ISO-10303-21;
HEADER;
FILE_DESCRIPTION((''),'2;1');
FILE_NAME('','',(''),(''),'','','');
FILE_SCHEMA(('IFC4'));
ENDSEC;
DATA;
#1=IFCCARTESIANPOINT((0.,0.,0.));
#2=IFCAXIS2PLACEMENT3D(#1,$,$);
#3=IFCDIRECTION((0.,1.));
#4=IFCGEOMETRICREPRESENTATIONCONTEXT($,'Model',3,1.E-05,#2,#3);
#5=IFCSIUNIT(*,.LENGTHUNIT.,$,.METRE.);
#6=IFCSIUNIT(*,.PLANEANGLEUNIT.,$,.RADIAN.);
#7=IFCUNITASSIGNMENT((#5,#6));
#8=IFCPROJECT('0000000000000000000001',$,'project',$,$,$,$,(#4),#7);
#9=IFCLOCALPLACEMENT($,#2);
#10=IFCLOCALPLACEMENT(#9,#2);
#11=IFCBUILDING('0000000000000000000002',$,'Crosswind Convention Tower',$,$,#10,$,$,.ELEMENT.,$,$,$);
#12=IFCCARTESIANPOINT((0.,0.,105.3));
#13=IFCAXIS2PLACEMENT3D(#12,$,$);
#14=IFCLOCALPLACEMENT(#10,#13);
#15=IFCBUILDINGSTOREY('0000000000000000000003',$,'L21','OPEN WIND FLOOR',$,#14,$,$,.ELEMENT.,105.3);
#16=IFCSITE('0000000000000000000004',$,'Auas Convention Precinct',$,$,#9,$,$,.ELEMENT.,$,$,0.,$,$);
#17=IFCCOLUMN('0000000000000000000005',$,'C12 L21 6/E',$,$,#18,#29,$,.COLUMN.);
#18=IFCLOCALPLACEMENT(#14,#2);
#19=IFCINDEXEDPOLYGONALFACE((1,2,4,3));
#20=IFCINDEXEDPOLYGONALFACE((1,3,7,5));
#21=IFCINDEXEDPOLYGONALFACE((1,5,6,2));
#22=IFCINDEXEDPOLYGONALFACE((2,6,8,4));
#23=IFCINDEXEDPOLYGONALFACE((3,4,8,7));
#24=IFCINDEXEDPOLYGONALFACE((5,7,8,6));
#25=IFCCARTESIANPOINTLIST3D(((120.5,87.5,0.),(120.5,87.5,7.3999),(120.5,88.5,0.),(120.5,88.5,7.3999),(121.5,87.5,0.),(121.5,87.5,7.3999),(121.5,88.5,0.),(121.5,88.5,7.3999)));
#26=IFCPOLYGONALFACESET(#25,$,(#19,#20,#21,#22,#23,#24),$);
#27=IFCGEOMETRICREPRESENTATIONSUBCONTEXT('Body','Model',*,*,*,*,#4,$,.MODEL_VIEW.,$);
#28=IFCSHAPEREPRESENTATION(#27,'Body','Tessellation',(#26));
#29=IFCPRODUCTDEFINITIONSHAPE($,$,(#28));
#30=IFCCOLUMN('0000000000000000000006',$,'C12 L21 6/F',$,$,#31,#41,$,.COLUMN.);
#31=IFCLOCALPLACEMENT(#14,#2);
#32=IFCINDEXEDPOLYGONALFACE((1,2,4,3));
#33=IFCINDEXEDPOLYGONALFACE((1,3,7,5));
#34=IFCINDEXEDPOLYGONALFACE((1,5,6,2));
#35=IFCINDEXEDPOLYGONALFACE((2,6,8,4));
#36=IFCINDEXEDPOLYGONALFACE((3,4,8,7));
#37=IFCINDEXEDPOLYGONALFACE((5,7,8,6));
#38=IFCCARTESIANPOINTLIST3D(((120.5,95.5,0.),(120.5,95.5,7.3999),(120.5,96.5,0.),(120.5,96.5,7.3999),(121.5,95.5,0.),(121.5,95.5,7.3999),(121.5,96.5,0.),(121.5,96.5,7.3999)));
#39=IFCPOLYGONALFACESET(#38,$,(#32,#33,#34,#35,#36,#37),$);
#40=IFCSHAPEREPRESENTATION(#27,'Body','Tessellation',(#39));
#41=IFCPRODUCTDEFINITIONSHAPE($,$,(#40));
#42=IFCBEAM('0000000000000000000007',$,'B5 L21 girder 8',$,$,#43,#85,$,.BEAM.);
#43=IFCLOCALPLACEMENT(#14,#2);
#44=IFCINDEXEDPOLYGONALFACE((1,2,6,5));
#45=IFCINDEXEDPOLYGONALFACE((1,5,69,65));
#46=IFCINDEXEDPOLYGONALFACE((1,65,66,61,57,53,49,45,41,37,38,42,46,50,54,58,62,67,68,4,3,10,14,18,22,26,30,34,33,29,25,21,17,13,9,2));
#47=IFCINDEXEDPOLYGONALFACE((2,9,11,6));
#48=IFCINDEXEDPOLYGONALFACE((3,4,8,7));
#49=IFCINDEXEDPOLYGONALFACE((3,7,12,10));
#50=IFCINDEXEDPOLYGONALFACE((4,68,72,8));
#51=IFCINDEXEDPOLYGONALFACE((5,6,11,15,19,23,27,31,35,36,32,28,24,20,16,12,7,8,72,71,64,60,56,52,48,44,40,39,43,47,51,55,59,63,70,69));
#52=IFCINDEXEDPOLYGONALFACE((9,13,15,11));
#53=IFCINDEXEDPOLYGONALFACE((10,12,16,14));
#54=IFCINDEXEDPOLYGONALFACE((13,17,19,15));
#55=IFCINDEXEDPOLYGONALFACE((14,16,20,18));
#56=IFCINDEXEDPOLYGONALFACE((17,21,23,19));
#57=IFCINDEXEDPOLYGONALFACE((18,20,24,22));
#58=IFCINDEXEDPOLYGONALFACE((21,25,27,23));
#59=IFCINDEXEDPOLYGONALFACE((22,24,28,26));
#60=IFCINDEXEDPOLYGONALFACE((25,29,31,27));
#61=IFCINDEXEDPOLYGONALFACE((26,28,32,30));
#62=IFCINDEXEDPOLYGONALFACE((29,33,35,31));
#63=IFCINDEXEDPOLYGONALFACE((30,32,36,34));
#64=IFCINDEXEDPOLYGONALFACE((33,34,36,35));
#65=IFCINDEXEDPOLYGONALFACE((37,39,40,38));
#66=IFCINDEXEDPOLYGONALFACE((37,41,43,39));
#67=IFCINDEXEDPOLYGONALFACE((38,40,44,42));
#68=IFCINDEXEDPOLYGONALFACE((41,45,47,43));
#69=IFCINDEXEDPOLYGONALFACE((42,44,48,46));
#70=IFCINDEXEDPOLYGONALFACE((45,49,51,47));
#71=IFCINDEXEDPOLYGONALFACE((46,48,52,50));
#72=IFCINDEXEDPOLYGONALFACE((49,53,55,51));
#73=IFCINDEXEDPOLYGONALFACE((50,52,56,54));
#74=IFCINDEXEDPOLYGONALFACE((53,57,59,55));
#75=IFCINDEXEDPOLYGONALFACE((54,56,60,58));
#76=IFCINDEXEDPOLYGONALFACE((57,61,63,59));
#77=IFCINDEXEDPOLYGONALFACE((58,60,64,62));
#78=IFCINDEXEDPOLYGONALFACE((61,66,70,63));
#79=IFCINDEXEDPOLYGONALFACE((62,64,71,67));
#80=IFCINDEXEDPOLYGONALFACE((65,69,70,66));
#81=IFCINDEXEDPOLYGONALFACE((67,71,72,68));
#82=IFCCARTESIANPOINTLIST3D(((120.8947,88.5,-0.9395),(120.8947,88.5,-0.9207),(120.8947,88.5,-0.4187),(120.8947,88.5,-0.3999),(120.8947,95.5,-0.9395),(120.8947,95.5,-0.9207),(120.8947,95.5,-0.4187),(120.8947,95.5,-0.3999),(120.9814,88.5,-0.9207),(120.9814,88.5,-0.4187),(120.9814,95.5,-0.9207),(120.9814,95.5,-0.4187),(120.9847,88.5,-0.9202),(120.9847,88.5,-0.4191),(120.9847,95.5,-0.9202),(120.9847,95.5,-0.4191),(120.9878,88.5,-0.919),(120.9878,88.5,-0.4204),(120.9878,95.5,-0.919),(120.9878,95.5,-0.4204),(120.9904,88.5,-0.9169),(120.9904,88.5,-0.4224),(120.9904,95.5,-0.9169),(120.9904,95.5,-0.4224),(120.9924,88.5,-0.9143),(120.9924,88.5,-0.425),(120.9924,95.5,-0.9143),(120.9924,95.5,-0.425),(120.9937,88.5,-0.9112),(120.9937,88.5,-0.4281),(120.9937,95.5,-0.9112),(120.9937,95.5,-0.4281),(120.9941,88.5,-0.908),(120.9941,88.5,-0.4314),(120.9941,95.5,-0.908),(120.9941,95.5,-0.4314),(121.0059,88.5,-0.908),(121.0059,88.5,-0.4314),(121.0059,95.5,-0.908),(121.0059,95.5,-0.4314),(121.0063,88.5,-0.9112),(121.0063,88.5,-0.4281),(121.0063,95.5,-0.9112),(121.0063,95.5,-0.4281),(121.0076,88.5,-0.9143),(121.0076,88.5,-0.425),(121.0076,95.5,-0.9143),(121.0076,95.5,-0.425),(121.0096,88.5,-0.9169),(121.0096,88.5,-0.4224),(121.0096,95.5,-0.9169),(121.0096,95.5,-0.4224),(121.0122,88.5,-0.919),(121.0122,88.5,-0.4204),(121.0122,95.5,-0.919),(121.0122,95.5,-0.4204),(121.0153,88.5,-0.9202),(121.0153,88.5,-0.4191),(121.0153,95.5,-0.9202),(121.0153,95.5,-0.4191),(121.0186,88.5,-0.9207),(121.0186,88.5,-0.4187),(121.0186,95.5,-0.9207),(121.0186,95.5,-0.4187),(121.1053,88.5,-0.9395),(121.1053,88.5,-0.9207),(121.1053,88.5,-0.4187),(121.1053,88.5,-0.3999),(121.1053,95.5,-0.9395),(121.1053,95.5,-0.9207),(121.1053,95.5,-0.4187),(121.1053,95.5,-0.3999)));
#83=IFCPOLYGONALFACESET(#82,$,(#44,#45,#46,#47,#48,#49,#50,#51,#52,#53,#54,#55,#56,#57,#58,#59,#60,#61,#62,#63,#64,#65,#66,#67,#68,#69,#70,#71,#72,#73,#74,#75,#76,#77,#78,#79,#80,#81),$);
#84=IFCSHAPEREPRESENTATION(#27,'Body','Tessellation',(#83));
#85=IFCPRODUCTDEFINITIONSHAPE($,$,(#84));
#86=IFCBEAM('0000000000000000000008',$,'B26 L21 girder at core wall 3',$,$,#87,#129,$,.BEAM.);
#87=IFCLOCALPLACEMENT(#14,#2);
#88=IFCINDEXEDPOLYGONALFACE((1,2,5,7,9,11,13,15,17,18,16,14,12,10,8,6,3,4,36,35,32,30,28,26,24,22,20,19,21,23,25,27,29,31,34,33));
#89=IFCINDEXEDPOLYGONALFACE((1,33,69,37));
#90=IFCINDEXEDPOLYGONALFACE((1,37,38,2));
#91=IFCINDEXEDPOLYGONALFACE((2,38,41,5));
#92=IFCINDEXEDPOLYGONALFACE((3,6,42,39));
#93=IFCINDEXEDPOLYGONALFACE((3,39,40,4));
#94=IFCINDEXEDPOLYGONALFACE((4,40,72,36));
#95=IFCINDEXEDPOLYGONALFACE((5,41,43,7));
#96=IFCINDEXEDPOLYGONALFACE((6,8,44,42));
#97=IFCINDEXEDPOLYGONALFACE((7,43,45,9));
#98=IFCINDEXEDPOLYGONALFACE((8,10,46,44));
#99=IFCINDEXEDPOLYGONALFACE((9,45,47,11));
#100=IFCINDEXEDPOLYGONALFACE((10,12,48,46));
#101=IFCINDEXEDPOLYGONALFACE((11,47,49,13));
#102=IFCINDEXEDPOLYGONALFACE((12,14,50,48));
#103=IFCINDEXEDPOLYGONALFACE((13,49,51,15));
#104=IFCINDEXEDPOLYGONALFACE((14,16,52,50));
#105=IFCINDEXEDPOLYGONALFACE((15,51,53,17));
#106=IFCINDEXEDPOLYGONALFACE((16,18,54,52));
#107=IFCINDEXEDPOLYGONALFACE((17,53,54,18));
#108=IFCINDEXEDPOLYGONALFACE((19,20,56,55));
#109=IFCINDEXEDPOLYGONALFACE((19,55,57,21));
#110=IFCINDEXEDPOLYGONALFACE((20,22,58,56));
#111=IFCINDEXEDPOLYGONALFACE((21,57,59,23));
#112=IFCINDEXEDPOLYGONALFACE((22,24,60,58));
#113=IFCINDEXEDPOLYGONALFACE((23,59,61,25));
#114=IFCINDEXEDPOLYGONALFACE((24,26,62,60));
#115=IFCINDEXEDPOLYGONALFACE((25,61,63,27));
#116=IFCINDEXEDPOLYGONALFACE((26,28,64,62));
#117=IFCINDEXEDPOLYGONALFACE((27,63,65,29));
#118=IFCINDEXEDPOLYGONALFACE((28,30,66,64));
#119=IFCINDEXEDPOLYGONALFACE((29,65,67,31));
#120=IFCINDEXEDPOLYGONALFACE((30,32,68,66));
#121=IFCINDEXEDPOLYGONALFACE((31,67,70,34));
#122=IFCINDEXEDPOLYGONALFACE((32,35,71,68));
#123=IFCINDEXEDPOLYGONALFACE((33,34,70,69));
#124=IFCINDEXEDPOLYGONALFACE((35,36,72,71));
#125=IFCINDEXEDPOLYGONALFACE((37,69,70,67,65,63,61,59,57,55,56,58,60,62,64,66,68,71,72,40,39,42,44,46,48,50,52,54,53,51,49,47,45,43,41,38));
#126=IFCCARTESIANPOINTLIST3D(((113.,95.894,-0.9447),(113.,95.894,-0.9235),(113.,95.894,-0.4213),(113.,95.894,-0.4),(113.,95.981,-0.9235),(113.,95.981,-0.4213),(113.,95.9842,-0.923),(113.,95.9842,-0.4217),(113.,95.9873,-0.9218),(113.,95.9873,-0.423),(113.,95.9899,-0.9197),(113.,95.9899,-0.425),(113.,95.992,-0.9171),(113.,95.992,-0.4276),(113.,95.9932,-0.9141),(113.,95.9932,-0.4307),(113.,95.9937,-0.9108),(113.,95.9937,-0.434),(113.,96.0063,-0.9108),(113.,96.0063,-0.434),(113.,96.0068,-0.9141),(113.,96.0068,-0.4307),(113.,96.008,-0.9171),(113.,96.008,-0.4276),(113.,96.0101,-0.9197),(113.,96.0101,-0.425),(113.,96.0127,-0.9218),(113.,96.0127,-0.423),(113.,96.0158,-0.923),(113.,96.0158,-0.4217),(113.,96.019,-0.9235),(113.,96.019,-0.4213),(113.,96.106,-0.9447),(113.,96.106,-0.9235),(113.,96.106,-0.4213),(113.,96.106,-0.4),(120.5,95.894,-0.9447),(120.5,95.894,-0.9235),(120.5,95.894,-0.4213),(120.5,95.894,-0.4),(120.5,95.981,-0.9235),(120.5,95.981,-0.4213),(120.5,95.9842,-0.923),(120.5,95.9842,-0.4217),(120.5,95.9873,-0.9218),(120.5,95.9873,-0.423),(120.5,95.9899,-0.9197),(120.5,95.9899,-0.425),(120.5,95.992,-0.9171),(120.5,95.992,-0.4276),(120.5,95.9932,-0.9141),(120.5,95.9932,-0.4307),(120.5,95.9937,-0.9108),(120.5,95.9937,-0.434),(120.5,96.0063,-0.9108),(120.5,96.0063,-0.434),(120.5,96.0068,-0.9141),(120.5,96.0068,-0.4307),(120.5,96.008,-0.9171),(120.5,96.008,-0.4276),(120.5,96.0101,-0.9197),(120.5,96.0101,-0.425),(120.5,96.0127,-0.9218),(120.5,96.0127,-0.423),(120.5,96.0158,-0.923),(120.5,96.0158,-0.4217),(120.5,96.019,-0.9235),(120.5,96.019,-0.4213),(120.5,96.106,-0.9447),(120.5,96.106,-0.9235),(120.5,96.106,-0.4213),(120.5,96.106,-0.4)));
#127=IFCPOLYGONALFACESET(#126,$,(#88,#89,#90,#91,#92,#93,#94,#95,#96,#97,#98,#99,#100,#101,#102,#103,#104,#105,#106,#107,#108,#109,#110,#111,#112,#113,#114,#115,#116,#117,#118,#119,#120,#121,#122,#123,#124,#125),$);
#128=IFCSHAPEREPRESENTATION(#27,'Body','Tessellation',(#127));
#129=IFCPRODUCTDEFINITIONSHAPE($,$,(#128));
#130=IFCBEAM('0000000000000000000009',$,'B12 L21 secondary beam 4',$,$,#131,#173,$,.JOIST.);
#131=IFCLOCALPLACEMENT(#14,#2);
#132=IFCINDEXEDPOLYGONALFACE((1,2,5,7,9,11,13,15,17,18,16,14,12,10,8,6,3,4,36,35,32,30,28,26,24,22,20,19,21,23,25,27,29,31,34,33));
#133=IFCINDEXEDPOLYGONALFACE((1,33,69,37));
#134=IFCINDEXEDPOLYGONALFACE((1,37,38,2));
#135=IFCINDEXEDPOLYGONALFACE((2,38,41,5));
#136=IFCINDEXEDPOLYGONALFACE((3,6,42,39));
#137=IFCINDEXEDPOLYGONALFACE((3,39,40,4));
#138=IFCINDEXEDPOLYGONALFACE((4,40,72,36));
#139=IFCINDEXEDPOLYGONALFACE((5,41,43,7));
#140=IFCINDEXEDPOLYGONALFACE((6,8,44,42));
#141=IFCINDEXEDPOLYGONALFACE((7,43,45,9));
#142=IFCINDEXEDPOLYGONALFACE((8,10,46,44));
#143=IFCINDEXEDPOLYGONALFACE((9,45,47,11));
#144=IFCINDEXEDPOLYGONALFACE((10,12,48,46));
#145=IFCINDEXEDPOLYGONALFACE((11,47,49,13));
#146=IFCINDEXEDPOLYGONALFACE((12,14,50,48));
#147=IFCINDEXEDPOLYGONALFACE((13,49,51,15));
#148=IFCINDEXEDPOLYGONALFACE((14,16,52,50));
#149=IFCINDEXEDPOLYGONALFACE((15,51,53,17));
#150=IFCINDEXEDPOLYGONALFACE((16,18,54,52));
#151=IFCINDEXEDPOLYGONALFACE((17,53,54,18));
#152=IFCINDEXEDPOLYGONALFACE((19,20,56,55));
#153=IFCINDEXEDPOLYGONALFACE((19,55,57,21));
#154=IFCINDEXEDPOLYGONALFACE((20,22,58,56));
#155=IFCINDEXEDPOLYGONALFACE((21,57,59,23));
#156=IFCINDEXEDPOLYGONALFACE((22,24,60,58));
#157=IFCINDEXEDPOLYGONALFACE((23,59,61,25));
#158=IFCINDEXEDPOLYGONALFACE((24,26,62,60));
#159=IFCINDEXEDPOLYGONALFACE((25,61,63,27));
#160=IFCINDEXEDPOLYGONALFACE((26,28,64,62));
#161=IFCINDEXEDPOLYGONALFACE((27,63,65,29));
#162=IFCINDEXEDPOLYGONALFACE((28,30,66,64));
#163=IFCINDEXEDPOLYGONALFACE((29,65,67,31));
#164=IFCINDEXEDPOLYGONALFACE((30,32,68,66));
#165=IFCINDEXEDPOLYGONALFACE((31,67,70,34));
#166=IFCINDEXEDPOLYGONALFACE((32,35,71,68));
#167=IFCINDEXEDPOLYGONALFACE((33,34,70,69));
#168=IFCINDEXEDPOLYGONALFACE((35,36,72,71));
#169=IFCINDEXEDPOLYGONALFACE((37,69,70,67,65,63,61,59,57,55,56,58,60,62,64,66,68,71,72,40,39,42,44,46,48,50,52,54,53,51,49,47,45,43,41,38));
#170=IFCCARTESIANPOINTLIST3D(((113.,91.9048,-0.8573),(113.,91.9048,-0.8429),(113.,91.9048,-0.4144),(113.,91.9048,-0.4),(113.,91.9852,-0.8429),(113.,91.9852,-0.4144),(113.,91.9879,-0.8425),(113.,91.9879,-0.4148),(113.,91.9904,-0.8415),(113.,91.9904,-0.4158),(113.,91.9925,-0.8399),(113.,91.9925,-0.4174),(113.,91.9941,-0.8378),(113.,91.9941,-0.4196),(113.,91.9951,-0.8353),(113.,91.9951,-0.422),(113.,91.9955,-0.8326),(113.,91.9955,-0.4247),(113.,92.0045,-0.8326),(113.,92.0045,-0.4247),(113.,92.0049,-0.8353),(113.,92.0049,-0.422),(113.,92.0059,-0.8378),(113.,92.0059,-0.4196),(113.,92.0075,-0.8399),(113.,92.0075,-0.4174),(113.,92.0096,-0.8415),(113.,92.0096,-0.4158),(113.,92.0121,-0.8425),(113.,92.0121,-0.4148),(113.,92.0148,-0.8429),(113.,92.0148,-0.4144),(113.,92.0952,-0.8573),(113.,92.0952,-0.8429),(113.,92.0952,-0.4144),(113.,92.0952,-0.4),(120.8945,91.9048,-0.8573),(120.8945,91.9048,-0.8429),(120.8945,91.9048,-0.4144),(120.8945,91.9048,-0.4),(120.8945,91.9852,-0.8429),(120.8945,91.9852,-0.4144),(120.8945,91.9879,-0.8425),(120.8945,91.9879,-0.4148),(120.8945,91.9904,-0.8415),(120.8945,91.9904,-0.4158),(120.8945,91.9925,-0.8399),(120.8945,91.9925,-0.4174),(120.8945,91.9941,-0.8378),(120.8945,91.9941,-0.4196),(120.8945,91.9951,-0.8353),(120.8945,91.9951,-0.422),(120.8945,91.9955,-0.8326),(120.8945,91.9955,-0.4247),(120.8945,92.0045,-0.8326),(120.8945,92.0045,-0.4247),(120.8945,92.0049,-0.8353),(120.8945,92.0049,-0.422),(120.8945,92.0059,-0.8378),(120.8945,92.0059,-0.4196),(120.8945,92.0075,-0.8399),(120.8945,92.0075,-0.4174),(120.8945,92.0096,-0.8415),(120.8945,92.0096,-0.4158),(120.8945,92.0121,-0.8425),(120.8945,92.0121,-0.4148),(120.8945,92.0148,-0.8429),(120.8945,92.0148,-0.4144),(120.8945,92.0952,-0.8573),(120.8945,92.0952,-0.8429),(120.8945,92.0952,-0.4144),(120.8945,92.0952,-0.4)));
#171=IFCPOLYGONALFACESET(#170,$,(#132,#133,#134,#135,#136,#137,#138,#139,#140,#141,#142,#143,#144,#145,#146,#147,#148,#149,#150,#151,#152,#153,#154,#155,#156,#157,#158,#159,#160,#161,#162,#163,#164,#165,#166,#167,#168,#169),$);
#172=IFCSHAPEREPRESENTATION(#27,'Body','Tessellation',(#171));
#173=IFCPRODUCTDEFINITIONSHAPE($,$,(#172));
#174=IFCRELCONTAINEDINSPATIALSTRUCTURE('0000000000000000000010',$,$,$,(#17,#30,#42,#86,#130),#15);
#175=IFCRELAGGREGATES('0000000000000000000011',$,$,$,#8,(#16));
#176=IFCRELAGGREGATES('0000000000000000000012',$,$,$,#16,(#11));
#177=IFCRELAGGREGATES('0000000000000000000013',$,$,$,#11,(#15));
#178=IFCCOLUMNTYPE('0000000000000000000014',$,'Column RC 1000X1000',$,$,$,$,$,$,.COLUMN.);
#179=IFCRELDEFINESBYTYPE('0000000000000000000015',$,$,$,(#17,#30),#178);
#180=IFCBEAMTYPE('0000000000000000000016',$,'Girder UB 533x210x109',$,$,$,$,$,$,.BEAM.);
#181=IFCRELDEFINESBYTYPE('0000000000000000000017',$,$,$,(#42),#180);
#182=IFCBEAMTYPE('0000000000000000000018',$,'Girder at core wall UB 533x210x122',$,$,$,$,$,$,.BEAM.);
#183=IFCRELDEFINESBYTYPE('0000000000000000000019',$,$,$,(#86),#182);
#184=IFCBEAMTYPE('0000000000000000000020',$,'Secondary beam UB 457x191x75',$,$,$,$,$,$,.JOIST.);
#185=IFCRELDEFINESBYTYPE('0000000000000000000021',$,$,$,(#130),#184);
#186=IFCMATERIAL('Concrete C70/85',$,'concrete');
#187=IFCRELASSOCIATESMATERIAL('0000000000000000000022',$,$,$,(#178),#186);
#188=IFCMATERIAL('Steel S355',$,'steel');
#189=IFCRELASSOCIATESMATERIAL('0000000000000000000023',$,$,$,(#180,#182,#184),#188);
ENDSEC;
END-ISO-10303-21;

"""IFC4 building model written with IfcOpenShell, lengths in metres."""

from ifc_helpers import new_model, si_unit, direction, frame, origin, origin_2d, place, context, subcontext, project, spatial, rectangle, i_section, extrude, material, material_profile, profile_set, type_object, element, save


model = new_model("IFC4")

# Units and contexts
model_context = context("Model", 3, precision=1e-05, world=origin(), true_north=direction((0.0, 1.0)))
body_context = subcontext(model_context, "Body", "Model", "MODEL_VIEW")
ifc_project = project(units=[si_unit("LENGTHUNIT", "METRE"), si_unit("PLANEANGLEUNIT", "RADIAN")], contexts=[model_context])

# Site, building, storey
site_placement = place(None, origin())
site = spatial("IfcSite", under=ifc_project, at=site_placement, Name="Auas Convention Precinct", CompositionType="ELEMENT", RefElevation=0.0)
building_placement = place(site_placement, origin())
building = spatial("IfcBuilding", under=site, at=building_placement, Name="Crosswind Convention Tower", CompositionType="ELEMENT")
storey_placement = place(building_placement, frame((0.0, 0.0, 105.3)))
storey = spatial("IfcBuildingStorey", under=building, at=storey_placement, Name="L21", Description="OPEN WIND FLOOR", CompositionType="ELEMENT", Elevation=105.3)

# Columns
ifc_material_1 = material(Name="Concrete C70/85", Category="concrete")
ifc_material_profile_1 = material_profile(ifc_material_1, rectangle(XDim=1.0, YDim=1.0, at=origin_2d()), Name="RC 1000X1000")
ifc_profile_set_1 = profile_set([ifc_material_profile_1], Name="Concrete C70/85")
column_type = type_object("IfcColumnType", Name="Column RC 1000X1000", PredefinedType="COLUMN", material=ifc_profile_set_1)
for number, where, z_axis, x_axis, name in (
    (1, (121.0, 88.0, 0.0), (0.0, 0.0, 1.0), (1.0, 0.0, 0.0), "C12 L21 6/E"),
    (2, (121.0, 96.0, 0.0), (0.0, 0.0, 1.0), (1.0, 0.0, 0.0), "C12 L21 6/F"),
):
    element("IfcColumn", number, at=place(storey_placement, frame(where, z_axis=z_axis, x_axis=x_axis)), inside=storey, type_object=column_type, Name=name, PredefinedType="COLUMN", context=body_context, shape_type="SweptSolid", body=[
        extrude(rectangle(XDim=1.0, YDim=1.0, at=origin_2d()), origin(), (0.0, 0.0, 1.0), 7.3999),
    ])

# Beams
ifc_material_2 = material(Name="Steel S355", Category="steel")
ifc_material_profile_2 = material_profile(ifc_material_2, i_section(OverallWidth=0.2107, OverallDepth=0.5396, WebThickness=0.0117, FlangeThickness=0.0188, FilletRadius=0.0127, at=origin_2d()), Name="UB 533x210x109")
ifc_profile_set_2 = profile_set([ifc_material_profile_2], Name="Steel S355")
beam_type_1 = type_object("IfcBeamType", Name="Girder UB 533x210x109", PredefinedType="BEAM", material=ifc_profile_set_2)
beam_1_placement = place(storey_placement, frame((121.0, 88.5, -0.6697), z_axis=(0.0, 1.0, 0.0), x_axis=(-1.0, 0.0, 0.0)))
element("IfcBeam", 3, at=beam_1_placement, inside=storey, type_object=beam_type_1, Name="B5 L21 girder 8", PredefinedType="BEAM", context=body_context, shape_type="SweptSolid", body=[
    extrude(i_section(OverallWidth=0.2107, OverallDepth=0.5396, WebThickness=0.0117, FlangeThickness=0.0188, FilletRadius=0.0127, at=origin_2d()), origin(), (0.0, 0.0, 1.0), 7.0),
])
ifc_material_profile_3 = material_profile(ifc_material_2, i_section(OverallWidth=0.2119, OverallDepth=0.5447, WebThickness=0.0127, FlangeThickness=0.0212, FilletRadius=0.0127, at=origin_2d()), Name="UB 533x210x122")
ifc_profile_set_3 = profile_set([ifc_material_profile_3], Name="Steel S355")
beam_type_2 = type_object("IfcBeamType", Name="Girder at core wall UB 533x210x122", PredefinedType="BEAM", material=ifc_profile_set_3)
beam_2_placement = place(storey_placement, frame((113.0, 96.0, -0.6724), z_axis=(1.0, 0.0, 0.0), x_axis=(0.0, 1.0, 0.0)))
element("IfcBeam", 4, at=beam_2_placement, inside=storey, type_object=beam_type_2, Name="B26 L21 girder at core wall 3", PredefinedType="BEAM", context=body_context, shape_type="SweptSolid", body=[
    extrude(i_section(OverallWidth=0.2119, OverallDepth=0.5447, WebThickness=0.0127, FlangeThickness=0.0212, FilletRadius=0.0127, at=origin_2d()), origin(), (0.0, 0.0, 1.0), 7.5),
])
ifc_material_profile_4 = material_profile(ifc_material_2, i_section(OverallWidth=0.1904, OverallDepth=0.4573, WebThickness=0.009, FlangeThickness=0.0144, FilletRadius=0.0103, at=origin_2d()), Name="UB 457x191x75")
ifc_profile_set_4 = profile_set([ifc_material_profile_4], Name="Steel S355")
beam_type_3 = type_object("IfcBeamType", Name="Secondary beam UB 457x191x75", PredefinedType="JOIST", material=ifc_profile_set_4)
beam_3_placement = place(storey_placement, frame((113.0, 92.0, -0.6287), z_axis=(1.0, 0.0, 0.0), x_axis=(0.0, 1.0, 0.0)))
element("IfcBeam", 5, at=beam_3_placement, inside=storey, type_object=beam_type_3, Name="B12 L21 secondary beam 4", PredefinedType="JOIST", context=body_context, shape_type="SweptSolid", body=[
    extrude(i_section(OverallWidth=0.1904, OverallDepth=0.4573, WebThickness=0.009, FlangeThickness=0.0144, FilletRadius=0.0103, at=origin_2d()), origin(), (0.0, 0.0, 1.0), 7.8945),
])

save(model, "model.ifc")
